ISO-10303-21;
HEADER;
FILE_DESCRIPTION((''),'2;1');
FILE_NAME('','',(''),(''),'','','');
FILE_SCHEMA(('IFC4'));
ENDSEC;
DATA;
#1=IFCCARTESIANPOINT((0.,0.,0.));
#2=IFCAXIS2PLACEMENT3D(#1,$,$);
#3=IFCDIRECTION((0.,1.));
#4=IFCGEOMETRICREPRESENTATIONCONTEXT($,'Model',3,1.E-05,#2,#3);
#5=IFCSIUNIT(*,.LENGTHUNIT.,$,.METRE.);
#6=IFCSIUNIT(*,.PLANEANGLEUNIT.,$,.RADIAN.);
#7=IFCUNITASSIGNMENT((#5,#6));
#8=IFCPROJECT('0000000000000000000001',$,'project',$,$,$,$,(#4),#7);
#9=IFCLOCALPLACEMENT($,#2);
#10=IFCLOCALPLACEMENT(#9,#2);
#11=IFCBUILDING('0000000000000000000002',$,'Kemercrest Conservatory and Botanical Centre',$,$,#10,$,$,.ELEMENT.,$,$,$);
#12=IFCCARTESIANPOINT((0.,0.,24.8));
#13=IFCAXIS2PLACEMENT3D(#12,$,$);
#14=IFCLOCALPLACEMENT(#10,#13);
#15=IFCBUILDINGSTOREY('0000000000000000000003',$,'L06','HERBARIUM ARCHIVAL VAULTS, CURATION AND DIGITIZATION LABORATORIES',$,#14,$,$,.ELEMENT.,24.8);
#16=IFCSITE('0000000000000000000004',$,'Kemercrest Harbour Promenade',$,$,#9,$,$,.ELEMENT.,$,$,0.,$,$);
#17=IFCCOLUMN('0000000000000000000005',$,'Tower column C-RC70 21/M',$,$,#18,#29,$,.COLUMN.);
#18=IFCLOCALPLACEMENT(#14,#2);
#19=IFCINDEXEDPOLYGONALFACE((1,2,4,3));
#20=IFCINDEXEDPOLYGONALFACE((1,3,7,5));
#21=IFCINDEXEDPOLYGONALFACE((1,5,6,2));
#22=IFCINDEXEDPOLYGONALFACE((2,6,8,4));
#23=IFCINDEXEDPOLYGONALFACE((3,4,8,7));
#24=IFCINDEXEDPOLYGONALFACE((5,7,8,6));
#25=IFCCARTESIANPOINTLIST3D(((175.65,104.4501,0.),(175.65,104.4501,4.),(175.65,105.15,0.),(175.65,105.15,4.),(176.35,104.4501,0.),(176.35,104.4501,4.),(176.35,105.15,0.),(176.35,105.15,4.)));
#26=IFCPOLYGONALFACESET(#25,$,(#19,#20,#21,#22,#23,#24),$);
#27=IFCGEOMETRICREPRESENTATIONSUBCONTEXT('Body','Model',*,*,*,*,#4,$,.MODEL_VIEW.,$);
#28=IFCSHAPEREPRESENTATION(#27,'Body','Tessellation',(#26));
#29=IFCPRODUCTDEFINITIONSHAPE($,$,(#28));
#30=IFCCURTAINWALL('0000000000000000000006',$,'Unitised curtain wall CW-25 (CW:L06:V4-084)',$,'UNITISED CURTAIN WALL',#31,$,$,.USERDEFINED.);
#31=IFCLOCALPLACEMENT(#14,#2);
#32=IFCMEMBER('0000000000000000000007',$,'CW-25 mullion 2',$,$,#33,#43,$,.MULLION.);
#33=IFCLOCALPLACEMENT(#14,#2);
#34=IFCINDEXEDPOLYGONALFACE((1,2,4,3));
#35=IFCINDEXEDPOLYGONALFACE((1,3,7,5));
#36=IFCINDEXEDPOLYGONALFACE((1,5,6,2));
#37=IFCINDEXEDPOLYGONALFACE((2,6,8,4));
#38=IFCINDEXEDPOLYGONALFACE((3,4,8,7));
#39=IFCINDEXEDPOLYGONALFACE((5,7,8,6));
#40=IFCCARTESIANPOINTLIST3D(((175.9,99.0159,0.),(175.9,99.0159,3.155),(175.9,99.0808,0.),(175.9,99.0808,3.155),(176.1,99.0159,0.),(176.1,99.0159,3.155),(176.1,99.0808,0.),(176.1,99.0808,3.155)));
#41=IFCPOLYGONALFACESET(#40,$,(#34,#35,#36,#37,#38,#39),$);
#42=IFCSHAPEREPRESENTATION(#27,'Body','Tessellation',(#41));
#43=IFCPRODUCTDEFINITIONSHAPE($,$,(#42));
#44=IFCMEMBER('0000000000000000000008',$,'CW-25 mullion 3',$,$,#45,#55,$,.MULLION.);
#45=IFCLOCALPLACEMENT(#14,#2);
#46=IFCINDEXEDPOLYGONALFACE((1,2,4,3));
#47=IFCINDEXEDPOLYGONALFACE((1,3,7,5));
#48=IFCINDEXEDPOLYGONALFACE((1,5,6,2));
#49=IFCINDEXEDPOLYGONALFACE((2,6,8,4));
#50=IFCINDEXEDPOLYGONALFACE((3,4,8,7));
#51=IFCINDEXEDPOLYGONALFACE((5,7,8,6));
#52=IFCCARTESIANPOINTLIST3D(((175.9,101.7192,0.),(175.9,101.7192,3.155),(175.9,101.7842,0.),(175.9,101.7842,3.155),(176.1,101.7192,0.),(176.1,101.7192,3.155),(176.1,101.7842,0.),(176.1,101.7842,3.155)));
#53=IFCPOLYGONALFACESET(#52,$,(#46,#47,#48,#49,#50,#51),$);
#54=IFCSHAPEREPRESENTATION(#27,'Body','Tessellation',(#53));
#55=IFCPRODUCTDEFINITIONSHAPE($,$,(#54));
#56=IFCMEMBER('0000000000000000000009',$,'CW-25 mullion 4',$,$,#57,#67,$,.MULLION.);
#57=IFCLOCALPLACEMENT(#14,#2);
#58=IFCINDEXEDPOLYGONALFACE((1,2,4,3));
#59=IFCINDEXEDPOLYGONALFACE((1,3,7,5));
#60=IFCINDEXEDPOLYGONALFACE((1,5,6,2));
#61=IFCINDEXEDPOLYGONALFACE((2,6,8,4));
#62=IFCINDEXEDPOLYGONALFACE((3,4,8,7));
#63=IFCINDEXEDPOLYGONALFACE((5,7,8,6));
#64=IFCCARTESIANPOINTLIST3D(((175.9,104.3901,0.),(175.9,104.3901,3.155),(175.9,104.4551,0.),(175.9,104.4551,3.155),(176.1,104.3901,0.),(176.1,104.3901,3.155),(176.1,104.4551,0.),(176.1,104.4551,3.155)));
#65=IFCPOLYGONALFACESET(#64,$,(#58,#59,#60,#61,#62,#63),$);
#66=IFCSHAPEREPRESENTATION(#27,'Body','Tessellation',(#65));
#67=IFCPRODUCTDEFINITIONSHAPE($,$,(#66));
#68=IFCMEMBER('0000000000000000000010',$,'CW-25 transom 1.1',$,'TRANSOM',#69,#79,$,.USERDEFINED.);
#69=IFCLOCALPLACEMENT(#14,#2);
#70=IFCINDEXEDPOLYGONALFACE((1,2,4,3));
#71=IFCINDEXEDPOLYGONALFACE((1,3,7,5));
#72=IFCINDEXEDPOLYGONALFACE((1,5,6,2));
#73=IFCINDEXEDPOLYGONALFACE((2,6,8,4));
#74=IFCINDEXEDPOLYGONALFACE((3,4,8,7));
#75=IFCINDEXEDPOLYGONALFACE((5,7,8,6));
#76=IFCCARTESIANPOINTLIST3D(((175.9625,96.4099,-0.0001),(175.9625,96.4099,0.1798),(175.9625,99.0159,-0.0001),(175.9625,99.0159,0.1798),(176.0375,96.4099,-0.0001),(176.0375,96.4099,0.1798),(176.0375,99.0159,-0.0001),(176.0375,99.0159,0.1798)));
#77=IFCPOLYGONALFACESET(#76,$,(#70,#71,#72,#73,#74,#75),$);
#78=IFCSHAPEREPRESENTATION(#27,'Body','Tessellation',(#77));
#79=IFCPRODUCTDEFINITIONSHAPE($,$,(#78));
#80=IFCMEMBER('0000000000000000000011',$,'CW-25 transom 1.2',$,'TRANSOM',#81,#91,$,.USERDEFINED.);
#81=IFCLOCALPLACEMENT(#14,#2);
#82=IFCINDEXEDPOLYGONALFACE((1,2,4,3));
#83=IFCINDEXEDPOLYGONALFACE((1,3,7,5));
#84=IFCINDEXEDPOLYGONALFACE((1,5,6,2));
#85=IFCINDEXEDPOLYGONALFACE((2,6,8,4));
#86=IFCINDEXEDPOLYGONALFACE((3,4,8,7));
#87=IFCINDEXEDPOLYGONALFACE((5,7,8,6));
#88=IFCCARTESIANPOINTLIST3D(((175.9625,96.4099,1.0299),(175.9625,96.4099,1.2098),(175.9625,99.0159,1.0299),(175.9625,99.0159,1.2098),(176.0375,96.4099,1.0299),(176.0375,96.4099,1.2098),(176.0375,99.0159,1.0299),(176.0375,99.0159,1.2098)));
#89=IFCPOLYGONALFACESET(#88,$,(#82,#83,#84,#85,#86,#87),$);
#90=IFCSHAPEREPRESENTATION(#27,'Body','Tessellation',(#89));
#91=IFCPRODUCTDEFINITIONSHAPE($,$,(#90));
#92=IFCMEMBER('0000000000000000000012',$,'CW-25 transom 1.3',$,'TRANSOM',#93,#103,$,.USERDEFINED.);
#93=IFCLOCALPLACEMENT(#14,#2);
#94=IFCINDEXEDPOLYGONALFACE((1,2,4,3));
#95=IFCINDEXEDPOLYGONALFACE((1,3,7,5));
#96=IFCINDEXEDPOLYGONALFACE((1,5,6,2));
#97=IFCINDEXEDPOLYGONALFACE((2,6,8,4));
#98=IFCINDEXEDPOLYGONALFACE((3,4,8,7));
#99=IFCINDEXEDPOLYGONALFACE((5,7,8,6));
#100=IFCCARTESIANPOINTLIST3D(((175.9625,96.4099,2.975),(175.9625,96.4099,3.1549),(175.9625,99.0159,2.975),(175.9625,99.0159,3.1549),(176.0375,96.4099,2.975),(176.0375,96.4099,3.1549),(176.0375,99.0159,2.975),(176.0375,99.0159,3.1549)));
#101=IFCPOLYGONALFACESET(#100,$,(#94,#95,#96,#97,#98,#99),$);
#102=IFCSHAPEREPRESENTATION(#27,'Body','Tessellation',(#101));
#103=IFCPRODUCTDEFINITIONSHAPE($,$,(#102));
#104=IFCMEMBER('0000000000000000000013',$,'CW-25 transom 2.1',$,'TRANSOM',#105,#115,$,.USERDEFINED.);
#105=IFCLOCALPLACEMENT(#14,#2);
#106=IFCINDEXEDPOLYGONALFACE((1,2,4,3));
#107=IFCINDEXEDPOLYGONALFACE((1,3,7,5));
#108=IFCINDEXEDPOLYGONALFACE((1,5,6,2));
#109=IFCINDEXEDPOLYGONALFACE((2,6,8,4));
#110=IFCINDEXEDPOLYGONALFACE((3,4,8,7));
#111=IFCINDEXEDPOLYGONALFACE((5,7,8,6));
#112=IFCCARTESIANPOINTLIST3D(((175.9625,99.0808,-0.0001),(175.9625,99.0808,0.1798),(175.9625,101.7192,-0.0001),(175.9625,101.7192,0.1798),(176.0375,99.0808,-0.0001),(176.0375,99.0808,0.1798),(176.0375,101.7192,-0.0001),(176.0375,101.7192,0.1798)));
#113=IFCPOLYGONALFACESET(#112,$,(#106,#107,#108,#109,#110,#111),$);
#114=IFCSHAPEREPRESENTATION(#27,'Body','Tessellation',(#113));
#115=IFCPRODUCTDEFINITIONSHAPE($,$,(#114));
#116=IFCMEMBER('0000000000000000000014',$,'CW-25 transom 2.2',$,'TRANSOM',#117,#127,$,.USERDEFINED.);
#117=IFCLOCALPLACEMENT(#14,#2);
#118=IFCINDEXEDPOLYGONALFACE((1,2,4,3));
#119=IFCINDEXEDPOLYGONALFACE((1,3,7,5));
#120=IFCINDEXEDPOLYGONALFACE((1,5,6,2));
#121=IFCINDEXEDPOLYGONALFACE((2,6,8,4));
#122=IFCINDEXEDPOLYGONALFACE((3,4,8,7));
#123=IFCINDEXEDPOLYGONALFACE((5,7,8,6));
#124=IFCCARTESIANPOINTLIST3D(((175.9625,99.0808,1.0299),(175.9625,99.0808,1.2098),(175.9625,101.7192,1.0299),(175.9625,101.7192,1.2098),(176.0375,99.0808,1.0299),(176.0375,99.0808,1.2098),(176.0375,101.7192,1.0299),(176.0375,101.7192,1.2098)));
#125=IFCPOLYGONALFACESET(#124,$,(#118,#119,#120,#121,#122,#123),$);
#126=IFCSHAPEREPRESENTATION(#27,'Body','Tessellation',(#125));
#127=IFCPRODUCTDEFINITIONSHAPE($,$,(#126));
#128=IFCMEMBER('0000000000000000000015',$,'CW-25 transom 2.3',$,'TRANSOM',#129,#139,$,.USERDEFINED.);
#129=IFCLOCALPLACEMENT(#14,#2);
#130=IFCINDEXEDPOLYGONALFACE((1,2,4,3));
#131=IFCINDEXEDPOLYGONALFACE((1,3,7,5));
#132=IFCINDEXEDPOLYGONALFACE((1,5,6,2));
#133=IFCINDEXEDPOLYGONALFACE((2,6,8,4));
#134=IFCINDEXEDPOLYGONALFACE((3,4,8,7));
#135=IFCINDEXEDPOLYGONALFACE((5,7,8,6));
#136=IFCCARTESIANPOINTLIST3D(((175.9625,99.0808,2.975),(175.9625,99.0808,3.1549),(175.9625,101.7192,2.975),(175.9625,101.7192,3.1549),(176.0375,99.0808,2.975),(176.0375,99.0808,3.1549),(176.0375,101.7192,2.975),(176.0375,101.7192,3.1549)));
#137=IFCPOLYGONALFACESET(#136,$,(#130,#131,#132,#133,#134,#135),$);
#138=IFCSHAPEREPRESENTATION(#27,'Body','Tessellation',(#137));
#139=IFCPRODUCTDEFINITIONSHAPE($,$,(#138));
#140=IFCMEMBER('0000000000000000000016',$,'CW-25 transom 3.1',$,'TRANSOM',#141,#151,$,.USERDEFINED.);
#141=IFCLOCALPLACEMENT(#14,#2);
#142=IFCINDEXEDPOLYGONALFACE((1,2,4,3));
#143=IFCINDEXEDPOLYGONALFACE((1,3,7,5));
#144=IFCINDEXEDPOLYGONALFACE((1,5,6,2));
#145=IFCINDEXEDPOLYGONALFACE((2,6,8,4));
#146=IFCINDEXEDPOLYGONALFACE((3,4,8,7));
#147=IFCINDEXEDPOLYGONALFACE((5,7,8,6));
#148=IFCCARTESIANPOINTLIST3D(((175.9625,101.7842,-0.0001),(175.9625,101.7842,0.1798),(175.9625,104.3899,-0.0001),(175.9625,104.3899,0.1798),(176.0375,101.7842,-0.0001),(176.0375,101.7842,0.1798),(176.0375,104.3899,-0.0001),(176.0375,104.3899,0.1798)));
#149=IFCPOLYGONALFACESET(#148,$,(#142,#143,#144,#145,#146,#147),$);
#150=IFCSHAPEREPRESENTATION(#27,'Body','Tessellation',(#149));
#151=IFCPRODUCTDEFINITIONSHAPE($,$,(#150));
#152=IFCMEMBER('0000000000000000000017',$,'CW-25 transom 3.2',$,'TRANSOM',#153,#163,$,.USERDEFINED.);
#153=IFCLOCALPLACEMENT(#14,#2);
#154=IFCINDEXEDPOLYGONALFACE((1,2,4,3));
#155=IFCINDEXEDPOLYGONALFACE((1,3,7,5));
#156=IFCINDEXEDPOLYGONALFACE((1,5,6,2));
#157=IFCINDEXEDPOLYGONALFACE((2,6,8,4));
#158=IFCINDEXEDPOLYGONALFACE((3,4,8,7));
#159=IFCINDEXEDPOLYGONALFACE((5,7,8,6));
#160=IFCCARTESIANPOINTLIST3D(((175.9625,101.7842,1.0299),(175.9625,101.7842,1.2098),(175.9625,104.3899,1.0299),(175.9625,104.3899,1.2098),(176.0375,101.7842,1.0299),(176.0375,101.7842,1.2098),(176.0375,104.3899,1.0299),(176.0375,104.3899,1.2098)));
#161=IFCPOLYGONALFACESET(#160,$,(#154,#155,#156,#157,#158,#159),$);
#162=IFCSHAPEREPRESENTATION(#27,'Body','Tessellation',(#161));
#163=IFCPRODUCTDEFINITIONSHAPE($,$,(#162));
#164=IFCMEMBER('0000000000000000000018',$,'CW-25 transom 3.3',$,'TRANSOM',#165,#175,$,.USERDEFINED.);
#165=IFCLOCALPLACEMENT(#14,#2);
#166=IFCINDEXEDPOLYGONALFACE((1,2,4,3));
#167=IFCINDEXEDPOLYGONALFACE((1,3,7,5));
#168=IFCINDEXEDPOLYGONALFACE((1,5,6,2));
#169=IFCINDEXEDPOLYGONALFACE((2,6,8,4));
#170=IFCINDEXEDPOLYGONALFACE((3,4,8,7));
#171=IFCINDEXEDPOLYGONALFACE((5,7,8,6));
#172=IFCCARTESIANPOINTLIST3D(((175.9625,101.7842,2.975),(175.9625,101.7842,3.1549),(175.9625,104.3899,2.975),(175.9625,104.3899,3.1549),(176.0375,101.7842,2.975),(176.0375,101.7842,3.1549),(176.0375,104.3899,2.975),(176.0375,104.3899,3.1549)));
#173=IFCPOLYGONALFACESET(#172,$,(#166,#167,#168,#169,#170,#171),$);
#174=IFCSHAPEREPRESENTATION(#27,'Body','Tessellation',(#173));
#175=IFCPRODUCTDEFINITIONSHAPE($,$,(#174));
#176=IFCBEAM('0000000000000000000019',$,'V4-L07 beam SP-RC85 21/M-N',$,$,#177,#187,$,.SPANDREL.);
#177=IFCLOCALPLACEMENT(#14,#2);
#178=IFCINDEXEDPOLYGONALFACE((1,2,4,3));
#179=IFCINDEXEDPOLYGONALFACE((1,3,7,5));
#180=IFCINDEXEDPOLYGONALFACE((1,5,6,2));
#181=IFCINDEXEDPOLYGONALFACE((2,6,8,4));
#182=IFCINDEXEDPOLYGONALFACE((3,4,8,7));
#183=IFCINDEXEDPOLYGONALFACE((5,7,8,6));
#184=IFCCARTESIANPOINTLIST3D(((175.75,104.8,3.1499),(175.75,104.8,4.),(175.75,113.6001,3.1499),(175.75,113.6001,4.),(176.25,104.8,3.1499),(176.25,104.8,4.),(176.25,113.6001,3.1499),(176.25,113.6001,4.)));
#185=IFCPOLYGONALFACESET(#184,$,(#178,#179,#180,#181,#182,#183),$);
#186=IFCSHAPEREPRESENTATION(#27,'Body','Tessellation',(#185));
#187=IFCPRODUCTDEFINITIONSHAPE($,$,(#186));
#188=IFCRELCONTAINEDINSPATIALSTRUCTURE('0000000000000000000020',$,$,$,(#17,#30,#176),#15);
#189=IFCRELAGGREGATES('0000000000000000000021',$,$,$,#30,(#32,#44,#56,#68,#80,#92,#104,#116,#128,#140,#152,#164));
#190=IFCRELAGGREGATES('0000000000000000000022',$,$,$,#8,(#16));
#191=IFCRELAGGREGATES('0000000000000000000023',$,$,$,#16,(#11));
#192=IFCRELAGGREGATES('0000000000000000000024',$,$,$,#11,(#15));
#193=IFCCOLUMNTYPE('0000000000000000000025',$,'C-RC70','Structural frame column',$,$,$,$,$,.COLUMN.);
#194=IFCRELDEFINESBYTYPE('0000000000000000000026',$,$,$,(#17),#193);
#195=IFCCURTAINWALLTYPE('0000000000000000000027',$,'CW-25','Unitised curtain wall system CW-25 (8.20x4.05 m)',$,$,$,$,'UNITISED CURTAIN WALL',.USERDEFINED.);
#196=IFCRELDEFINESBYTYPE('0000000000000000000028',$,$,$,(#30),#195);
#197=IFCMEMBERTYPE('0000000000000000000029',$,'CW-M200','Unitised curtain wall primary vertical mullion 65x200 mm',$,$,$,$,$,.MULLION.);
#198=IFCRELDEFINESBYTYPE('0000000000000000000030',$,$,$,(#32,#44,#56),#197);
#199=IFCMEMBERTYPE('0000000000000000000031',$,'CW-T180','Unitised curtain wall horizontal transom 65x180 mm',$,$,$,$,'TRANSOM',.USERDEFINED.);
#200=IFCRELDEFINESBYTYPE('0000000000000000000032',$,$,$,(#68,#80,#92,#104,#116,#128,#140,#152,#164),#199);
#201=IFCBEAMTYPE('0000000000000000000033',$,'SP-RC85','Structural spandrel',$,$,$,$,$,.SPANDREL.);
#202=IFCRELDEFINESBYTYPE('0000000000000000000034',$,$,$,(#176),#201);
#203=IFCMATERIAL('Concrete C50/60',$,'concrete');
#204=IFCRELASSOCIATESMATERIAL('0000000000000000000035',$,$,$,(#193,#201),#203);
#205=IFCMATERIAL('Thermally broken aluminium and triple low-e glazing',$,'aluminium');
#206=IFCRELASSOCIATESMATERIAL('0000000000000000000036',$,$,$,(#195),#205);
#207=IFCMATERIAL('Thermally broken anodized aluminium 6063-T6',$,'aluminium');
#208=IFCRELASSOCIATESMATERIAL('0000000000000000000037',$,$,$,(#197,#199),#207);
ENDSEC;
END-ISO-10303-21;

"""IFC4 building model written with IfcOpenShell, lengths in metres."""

from ifc_helpers import new_model, si_unit, direction, frame, origin, origin_2d, place, context, subcontext, project, spatial, rectangle, extrude, material, material_profile, profile_set, type_object, element, aggregate, save


model = new_model("IFC4")

# Units and contexts
model_context = context("Model", 3, precision=1e-05, world=origin(), true_north=direction((0.0, 1.0)))
body_context = subcontext(model_context, "Body", "Model", "MODEL_VIEW")
ifc_project = project(units=[si_unit("LENGTHUNIT", "METRE"), si_unit("PLANEANGLEUNIT", "RADIAN")], contexts=[model_context])

# Site, building, storey
site_placement = place(None, origin())
site = spatial("IfcSite", under=ifc_project, at=site_placement, Name="Kemercrest Harbour Promenade", CompositionType="ELEMENT", RefElevation=0.0)
building_placement = place(site_placement, origin())
building = spatial("IfcBuilding", under=site, at=building_placement, Name="Kemercrest Conservatory and Botanical Centre", CompositionType="ELEMENT")
storey_placement = place(building_placement, frame((0.0, 0.0, 24.8)))
storey = spatial("IfcBuildingStorey", under=building, at=storey_placement, Name="L06", Description="HERBARIUM ARCHIVAL VAULTS, CURATION AND DIGITIZATION LABORATORIES", CompositionType="ELEMENT", Elevation=24.8)

# Column
ifc_material_1 = material(Name="Concrete C50/60", Category="concrete")
ifc_material_profile_1 = material_profile(ifc_material_1, rectangle(XDim=0.7, YDim=0.7, at=origin_2d()), Name="RC 700x700")
ifc_profile_set_1 = profile_set([ifc_material_profile_1], Name="Concrete C50/60")
column_type = type_object("IfcColumnType", Name="C-RC70", Description="Structural frame column", PredefinedType="COLUMN", material=ifc_profile_set_1)
column_placement = place(storey_placement, frame((176.0, 104.8, 0.0), z_axis=(0.0, 0.0, 1.0), x_axis=(1.0, 0.0, 0.0)))
element("IfcColumn", 1, at=column_placement, inside=storey, type_object=column_type, Name="Tower column C-RC70 21/M", PredefinedType="COLUMN", context=body_context, shape_type="SweptSolid", body=[
    extrude(rectangle(XDim=0.7, YDim=0.7, at=origin_2d()), origin(), (0.0, 0.0, 1.0), 4.0),
])

# Curtain wall, members
ifc_material_2 = material(Name="Thermally broken aluminium and triple low-e glazing", Category="aluminium")
curtain_wall_type = type_object("IfcCurtainWallType", Name="CW-25", Description="Unitised curtain wall system CW-25 (8.20x4.05 m)", ElementType="UNITISED CURTAIN WALL", PredefinedType="USERDEFINED", material=ifc_material_2)
curtain_wall_placement = place(storey_placement, origin())
curtain_wall = element("IfcCurtainWall", 2, at=curtain_wall_placement, inside=storey, type_object=curtain_wall_type, Name="Unitised curtain wall CW-25 (CW:L06:V4-084)", ObjectType="UNITISED CURTAIN WALL", PredefinedType="USERDEFINED")
ifc_material_3 = material(Name="Thermally broken anodized aluminium 6063-T6", Category="aluminium")
ifc_material_profile_2 = material_profile(ifc_material_3, rectangle(XDim=0.2, YDim=0.0649, at=origin_2d()), Name="AL MULLION 65x200")
ifc_profile_set_2 = profile_set([ifc_material_profile_2], Name="Thermally broken anodized aluminium 6063-T6")
member_type_1 = type_object("IfcMemberType", Name="CW-M200", Description="Unitised curtain wall primary vertical mullion 65x200 mm", PredefinedType="MULLION", material=ifc_profile_set_2)
member_1_placement = place(storey_placement, frame((176.0, 99.0483, 0.0), z_axis=(0.0, 0.0, 1.0), x_axis=(-1.0, 0.0, 0.0)))
member_1 = element("IfcMember", 3, at=member_1_placement, type_object=member_type_1, Name="CW-25 mullion 2", PredefinedType="MULLION", context=body_context, shape_type="SweptSolid", body=[
    extrude(rectangle(XDim=0.2, YDim=0.0649, at=origin_2d()), origin(), (0.0, 0.0, 1.0), 3.155),
])
member_2_placement = place(storey_placement, frame((176.0, 101.7517, 0.0), z_axis=(0.0, 0.0, 1.0), x_axis=(-1.0, 0.0, 0.0)))
member_2 = element("IfcMember", 4, at=member_2_placement, type_object=member_type_1, Name="CW-25 mullion 3", PredefinedType="MULLION", context=body_context, shape_type="SweptSolid", body=[
    extrude(rectangle(XDim=0.2, YDim=0.0649, at=origin_2d()), origin(), (0.0, 0.0, 1.0), 3.155),
])
member_3_placement = place(storey_placement, frame((176.0, 104.4226, 0.0), z_axis=(0.0, 0.0, 1.0), x_axis=(-1.0, 0.0, 0.0)))
member_3 = element("IfcMember", 5, at=member_3_placement, type_object=member_type_1, Name="CW-25 mullion 4", PredefinedType="MULLION", context=body_context, shape_type="SweptSolid", body=[
    extrude(rectangle(XDim=0.2, YDim=0.0649, at=origin_2d()), origin(), (0.0, 0.0, 1.0), 3.155),
])
ifc_material_profile_3 = material_profile(ifc_material_3, rectangle(XDim=0.075, YDim=0.1799, at=origin_2d()), Name="AL TRANSOM 75x180")
ifc_profile_set_3 = profile_set([ifc_material_profile_3], Name="Thermally broken anodized aluminium 6063-T6")
member_type_2 = type_object("IfcMemberType", Name="CW-T180", Description="Unitised curtain wall horizontal transom 65x180 mm", ElementType="TRANSOM", PredefinedType="USERDEFINED", material=ifc_profile_set_3)
member_4_placement = place(storey_placement, frame((176.0, 96.4099, 0.0898), z_axis=(0.0, 1.0, 0.0), x_axis=(-1.0, 0.0, 0.0)))
member_4 = element("IfcMember", 6, at=member_4_placement, type_object=member_type_2, Name="CW-25 transom 1.1", ObjectType="TRANSOM", PredefinedType="USERDEFINED", context=body_context, shape_type="SweptSolid", body=[
    extrude(rectangle(XDim=0.075, YDim=0.1799, at=origin_2d()), origin(), (0.0, 0.0, 1.0), 2.606),
])
member_5_placement = place(storey_placement, frame((176.0, 96.4099, 1.1199), z_axis=(0.0, 1.0, 0.0), x_axis=(-1.0, 0.0, 0.0)))
member_5 = element("IfcMember", 7, at=member_5_placement, type_object=member_type_2, Name="CW-25 transom 1.2", ObjectType="TRANSOM", PredefinedType="USERDEFINED", context=body_context, shape_type="SweptSolid", body=[
    extrude(rectangle(XDim=0.075, YDim=0.1799, at=origin_2d()), origin(), (0.0, 0.0, 1.0), 2.606),
])
member_6_placement = place(storey_placement, frame((176.0, 96.4099, 3.0649), z_axis=(0.0, 1.0, 0.0), x_axis=(-1.0, 0.0, 0.0)))
member_6 = element("IfcMember", 8, at=member_6_placement, type_object=member_type_2, Name="CW-25 transom 1.3", ObjectType="TRANSOM", PredefinedType="USERDEFINED", context=body_context, shape_type="SweptSolid", body=[
    extrude(rectangle(XDim=0.075, YDim=0.1799, at=origin_2d()), origin(), (0.0, 0.0, 1.0), 2.606),
])
member_7_placement = place(storey_placement, frame((176.0, 99.0808, 0.0898), z_axis=(0.0, 1.0, 0.0), x_axis=(-1.0, 0.0, 0.0)))
member_7 = element("IfcMember", 9, at=member_7_placement, type_object=member_type_2, Name="CW-25 transom 2.1", ObjectType="TRANSOM", PredefinedType="USERDEFINED", context=body_context, shape_type="SweptSolid", body=[
    extrude(rectangle(XDim=0.075, YDim=0.1799, at=origin_2d()), origin(), (0.0, 0.0, 1.0), 2.6384),
])
member_8_placement = place(storey_placement, frame((176.0, 99.0808, 1.1199), z_axis=(0.0, 1.0, 0.0), x_axis=(-1.0, 0.0, 0.0)))
member_8 = element("IfcMember", 10, at=member_8_placement, type_object=member_type_2, Name="CW-25 transom 2.2", ObjectType="TRANSOM", PredefinedType="USERDEFINED", context=body_context, shape_type="SweptSolid", body=[
    extrude(rectangle(XDim=0.075, YDim=0.1799, at=origin_2d()), origin(), (0.0, 0.0, 1.0), 2.6384),
])
member_9_placement = place(storey_placement, frame((176.0, 99.0808, 3.0649), z_axis=(0.0, 1.0, 0.0), x_axis=(-1.0, 0.0, 0.0)))
member_9 = element("IfcMember", 11, at=member_9_placement, type_object=member_type_2, Name="CW-25 transom 2.3", ObjectType="TRANSOM", PredefinedType="USERDEFINED", context=body_context, shape_type="SweptSolid", body=[
    extrude(rectangle(XDim=0.075, YDim=0.1799, at=origin_2d()), origin(), (0.0, 0.0, 1.0), 2.6384),
])
member_10_placement = place(storey_placement, frame((176.0, 101.7842, 0.0898), z_axis=(0.0, 1.0, 0.0), x_axis=(-1.0, 0.0, 0.0)))
member_10 = element("IfcMember", 12, at=member_10_placement, type_object=member_type_2, Name="CW-25 transom 3.1", ObjectType="TRANSOM", PredefinedType="USERDEFINED", context=body_context, shape_type="SweptSolid", body=[
    extrude(rectangle(XDim=0.075, YDim=0.1799, at=origin_2d()), origin(), (0.0, 0.0, 1.0), 2.6057),
])
member_11_placement = place(storey_placement, frame((176.0, 101.7842, 1.1199), z_axis=(0.0, 1.0, 0.0), x_axis=(-1.0, 0.0, 0.0)))
member_11 = element("IfcMember", 13, at=member_11_placement, type_object=member_type_2, Name="CW-25 transom 3.2", ObjectType="TRANSOM", PredefinedType="USERDEFINED", context=body_context, shape_type="SweptSolid", body=[
    extrude(rectangle(XDim=0.075, YDim=0.1799, at=origin_2d()), origin(), (0.0, 0.0, 1.0), 2.6057),
])
member_12_placement = place(storey_placement, frame((176.0, 101.7842, 3.0649), z_axis=(0.0, 1.0, 0.0), x_axis=(-1.0, 0.0, 0.0)))
member_12 = element("IfcMember", 14, at=member_12_placement, type_object=member_type_2, Name="CW-25 transom 3.3", ObjectType="TRANSOM", PredefinedType="USERDEFINED", context=body_context, shape_type="SweptSolid", body=[
    extrude(rectangle(XDim=0.075, YDim=0.1799, at=origin_2d()), origin(), (0.0, 0.0, 1.0), 2.6057),
])

# Beam
ifc_material_profile_4 = material_profile(ifc_material_1, rectangle(XDim=0.5, YDim=0.8501, at=origin_2d()), Name="RC 500x850")
ifc_profile_set_4 = profile_set([ifc_material_profile_4], Name="Concrete C50/60")
beam_type = type_object("IfcBeamType", Name="SP-RC85", Description="Structural spandrel", PredefinedType="SPANDREL", material=ifc_profile_set_4)
beam_placement = place(storey_placement, frame((176.0, 104.8, 3.575), z_axis=(0.0, 1.0, 0.0), x_axis=(-1.0, 0.0, 0.0)))
element("IfcBeam", 15, at=beam_placement, inside=storey, type_object=beam_type, Name="V4-L07 beam SP-RC85 21/M-N", PredefinedType="SPANDREL", context=body_context, shape_type="SweptSolid", body=[
    extrude(rectangle(XDim=0.5, YDim=0.8501, at=origin_2d()), origin(), (0.0, 0.0, 1.0), 8.8),
])

aggregate(curtain_wall, [member_1, member_2, member_3, member_4, member_5, member_6, member_7, member_8, member_9, member_10, member_11, member_12])

save(model, "model.ifc")
